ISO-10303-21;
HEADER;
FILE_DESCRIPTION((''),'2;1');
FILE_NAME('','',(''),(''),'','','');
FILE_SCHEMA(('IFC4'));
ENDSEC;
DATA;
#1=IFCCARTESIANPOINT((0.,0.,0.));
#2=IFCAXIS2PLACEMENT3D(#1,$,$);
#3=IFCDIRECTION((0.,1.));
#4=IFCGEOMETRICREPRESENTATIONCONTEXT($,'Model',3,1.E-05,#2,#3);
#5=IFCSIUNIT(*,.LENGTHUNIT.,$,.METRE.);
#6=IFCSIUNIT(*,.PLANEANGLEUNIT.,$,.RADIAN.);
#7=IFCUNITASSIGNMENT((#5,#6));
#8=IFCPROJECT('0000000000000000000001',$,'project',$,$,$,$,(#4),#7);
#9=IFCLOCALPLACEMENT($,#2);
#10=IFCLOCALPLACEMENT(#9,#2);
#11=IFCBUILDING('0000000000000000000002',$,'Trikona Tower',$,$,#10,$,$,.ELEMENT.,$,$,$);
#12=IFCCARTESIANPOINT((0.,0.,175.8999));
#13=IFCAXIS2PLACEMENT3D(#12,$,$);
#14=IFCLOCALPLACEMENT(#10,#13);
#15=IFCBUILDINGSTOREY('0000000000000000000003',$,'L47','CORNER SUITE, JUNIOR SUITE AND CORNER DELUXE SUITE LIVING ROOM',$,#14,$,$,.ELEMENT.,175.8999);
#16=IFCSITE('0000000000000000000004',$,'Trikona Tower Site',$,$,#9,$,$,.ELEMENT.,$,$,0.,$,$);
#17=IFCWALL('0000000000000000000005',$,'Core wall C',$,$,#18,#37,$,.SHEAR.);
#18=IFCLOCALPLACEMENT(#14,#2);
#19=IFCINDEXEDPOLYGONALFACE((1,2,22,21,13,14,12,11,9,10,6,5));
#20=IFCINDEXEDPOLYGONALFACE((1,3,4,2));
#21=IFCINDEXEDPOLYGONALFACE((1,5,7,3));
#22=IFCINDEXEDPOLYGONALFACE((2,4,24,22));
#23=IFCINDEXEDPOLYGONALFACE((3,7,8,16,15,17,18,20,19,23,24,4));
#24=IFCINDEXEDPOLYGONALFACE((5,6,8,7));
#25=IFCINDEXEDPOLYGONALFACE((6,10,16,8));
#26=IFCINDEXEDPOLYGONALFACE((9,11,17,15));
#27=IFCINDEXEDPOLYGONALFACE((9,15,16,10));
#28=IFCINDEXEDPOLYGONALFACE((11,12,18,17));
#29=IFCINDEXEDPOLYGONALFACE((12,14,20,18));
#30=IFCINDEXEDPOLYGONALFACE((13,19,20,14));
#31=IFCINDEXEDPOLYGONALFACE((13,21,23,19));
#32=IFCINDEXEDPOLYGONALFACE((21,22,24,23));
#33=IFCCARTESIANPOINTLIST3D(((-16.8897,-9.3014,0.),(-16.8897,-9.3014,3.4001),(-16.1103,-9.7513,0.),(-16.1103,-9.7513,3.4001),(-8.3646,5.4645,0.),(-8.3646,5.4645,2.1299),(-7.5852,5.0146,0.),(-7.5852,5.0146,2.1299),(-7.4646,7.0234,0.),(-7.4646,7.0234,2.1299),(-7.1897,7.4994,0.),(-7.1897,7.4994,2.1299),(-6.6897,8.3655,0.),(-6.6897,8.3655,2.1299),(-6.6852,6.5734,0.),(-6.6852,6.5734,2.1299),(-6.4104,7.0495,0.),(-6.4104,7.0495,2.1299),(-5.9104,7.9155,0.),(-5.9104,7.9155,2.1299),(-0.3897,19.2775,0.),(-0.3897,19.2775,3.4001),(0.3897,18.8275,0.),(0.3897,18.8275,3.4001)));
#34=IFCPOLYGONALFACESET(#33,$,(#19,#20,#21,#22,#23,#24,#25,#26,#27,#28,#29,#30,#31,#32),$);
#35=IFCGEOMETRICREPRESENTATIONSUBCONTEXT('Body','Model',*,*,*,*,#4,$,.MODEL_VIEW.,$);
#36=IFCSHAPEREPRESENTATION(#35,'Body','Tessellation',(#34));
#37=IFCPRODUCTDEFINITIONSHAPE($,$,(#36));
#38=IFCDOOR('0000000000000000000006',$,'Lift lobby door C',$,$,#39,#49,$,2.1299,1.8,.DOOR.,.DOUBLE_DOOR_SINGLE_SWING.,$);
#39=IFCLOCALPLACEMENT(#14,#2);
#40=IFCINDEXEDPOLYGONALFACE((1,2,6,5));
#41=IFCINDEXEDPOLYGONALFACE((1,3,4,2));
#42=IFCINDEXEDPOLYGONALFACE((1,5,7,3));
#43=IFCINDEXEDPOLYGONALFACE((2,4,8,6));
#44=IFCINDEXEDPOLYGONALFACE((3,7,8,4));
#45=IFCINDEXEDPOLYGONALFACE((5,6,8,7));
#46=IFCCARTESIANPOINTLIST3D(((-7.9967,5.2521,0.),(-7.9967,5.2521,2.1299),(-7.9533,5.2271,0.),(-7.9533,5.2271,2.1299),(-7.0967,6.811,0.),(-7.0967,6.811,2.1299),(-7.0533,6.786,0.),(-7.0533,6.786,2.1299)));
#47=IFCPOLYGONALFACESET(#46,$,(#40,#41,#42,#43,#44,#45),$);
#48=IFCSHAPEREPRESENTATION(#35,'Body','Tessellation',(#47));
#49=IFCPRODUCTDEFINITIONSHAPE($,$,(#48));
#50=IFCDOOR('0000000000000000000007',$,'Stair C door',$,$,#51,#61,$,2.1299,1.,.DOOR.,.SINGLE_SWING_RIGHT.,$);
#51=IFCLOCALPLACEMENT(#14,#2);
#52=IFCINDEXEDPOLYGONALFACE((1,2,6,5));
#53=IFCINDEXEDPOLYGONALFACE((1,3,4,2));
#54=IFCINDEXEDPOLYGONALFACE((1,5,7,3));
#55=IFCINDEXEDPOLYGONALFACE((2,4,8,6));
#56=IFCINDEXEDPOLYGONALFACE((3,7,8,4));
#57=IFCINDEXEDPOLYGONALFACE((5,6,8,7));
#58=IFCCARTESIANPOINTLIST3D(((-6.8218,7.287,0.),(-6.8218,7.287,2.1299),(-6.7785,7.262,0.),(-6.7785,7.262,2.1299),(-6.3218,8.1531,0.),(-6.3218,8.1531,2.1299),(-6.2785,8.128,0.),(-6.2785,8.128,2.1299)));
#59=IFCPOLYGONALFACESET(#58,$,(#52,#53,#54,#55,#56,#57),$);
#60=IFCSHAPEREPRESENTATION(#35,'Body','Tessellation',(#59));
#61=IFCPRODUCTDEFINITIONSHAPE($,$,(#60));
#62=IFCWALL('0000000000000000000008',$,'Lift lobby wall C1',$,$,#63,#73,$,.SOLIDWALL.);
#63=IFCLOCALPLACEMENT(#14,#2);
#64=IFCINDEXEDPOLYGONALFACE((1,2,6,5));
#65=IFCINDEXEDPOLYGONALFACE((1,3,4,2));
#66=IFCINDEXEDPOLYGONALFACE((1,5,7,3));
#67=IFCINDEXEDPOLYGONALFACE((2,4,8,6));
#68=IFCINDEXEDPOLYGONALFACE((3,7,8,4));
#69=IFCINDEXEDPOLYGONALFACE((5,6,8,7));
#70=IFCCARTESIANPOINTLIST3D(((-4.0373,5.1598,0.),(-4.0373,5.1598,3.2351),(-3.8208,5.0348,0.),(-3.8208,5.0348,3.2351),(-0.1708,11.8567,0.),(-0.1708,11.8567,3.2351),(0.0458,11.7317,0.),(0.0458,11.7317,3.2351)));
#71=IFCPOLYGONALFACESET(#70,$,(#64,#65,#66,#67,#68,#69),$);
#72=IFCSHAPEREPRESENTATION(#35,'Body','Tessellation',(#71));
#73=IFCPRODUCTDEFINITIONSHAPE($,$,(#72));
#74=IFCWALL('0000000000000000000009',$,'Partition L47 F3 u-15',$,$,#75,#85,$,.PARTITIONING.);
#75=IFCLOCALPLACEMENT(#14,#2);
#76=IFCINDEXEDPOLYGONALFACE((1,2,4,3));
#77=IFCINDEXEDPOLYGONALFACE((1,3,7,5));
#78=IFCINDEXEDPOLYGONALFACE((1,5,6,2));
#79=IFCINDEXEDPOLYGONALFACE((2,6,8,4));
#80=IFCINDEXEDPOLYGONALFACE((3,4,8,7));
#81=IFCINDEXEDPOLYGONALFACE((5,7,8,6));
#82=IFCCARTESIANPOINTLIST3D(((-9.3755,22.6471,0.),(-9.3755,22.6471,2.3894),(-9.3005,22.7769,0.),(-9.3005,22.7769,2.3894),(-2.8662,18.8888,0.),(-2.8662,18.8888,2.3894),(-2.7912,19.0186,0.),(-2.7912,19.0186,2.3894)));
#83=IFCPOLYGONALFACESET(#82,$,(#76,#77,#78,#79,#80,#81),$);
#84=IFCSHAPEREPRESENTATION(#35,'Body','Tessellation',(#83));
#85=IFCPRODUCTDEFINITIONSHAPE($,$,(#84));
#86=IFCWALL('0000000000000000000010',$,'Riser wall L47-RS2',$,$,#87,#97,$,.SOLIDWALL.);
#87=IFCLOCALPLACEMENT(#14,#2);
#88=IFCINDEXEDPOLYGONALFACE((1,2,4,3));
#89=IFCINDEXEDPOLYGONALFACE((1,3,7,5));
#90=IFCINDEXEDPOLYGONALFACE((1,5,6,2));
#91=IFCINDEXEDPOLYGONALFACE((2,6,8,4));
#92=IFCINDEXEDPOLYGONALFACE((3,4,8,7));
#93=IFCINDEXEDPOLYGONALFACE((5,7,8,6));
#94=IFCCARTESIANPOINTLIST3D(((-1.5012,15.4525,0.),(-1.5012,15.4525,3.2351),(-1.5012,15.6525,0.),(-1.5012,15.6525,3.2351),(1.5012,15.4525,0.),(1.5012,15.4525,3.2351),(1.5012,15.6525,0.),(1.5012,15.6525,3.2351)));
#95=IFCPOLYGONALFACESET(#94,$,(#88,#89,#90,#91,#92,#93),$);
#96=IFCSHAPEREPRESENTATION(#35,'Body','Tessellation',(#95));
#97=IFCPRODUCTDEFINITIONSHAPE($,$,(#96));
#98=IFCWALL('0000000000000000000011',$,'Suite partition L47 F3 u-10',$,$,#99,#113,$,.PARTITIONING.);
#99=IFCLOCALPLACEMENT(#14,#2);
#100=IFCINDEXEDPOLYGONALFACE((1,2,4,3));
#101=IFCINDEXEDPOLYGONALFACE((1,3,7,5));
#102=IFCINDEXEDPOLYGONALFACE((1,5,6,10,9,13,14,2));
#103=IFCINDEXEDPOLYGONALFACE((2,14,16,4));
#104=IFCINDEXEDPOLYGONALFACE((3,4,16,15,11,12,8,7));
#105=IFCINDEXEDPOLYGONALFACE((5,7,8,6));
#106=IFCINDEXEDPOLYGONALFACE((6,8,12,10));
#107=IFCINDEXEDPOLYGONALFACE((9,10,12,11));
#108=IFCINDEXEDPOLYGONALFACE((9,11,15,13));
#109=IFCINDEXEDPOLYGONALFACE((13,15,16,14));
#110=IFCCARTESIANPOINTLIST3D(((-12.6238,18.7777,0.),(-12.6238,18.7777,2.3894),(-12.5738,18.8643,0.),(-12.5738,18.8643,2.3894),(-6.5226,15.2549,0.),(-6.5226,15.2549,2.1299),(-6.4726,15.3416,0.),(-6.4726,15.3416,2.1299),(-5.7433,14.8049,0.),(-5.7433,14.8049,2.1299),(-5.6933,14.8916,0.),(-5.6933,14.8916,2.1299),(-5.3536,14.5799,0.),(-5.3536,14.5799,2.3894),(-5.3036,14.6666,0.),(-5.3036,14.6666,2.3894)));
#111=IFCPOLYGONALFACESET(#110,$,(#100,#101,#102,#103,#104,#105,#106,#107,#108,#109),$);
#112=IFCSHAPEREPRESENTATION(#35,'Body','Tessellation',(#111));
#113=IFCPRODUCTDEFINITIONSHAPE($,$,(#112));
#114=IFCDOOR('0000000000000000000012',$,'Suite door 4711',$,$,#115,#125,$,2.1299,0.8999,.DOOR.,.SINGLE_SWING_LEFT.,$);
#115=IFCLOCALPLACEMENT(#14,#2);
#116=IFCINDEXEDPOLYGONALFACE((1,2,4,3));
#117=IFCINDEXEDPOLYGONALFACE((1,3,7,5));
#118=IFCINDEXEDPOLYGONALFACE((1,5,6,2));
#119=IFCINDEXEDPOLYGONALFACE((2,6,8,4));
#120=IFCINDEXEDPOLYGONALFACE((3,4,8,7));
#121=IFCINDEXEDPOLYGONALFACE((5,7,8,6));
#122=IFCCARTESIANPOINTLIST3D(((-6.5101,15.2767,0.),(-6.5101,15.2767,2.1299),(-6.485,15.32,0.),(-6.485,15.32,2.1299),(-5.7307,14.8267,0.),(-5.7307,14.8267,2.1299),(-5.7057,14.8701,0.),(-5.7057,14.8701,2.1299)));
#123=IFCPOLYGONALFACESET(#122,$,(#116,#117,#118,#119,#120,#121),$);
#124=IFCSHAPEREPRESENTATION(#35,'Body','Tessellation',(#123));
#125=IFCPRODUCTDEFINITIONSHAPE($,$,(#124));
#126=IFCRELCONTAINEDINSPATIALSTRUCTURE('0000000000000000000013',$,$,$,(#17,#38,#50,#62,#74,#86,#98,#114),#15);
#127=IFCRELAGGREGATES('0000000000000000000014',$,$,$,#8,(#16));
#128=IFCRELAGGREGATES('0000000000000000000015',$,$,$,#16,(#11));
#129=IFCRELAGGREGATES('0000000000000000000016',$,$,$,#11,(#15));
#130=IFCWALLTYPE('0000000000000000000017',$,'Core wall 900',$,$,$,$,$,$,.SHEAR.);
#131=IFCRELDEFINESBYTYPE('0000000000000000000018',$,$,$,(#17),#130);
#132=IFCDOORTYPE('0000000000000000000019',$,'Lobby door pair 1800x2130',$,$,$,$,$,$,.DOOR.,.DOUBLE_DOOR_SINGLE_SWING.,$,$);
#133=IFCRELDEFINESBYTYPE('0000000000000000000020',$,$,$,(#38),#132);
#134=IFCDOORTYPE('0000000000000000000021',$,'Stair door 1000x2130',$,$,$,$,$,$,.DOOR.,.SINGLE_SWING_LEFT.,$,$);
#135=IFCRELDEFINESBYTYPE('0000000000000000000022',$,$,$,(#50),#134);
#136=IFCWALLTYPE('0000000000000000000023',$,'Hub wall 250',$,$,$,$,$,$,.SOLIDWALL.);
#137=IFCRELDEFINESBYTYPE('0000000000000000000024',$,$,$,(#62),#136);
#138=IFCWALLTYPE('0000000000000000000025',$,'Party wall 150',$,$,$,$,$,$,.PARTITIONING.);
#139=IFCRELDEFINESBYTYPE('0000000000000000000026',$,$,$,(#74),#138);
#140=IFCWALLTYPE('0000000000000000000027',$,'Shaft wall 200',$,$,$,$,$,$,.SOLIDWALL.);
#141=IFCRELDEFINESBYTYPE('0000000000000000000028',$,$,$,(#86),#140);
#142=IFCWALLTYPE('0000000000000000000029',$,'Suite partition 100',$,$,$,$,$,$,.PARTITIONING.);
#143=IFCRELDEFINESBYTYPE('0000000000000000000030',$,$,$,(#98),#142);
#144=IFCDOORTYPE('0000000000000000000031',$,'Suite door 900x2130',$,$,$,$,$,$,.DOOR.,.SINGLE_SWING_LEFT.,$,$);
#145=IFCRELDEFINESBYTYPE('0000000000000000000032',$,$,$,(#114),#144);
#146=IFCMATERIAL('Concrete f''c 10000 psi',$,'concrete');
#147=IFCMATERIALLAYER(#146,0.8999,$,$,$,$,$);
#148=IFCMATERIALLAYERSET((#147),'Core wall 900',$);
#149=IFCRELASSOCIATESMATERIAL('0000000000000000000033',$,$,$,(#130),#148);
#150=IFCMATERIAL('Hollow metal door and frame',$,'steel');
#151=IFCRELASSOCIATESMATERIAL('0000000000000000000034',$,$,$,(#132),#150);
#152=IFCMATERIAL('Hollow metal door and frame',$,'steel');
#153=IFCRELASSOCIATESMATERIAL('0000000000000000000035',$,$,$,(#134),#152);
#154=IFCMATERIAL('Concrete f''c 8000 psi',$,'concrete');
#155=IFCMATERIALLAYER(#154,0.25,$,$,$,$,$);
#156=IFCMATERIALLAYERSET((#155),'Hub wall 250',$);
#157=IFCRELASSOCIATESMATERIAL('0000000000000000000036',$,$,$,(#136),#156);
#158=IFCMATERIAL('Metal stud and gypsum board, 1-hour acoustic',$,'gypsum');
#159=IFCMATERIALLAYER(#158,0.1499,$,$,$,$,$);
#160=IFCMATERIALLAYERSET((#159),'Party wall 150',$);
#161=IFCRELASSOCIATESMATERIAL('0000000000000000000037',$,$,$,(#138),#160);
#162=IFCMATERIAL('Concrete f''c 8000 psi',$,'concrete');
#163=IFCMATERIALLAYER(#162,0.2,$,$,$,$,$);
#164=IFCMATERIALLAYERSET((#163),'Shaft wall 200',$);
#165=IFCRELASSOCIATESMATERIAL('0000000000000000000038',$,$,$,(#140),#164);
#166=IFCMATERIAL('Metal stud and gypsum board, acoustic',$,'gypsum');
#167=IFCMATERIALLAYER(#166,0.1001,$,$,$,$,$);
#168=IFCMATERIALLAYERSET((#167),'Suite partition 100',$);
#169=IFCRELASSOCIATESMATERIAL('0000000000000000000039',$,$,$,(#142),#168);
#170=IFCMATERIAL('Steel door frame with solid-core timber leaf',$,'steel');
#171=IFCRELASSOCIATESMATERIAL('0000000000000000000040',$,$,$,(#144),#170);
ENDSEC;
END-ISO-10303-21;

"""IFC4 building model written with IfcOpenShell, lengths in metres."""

from ifc_helpers import new_model, si_unit, direction, frame, frame_2d, origin, place, context, subcontext, project, spatial, rectangle, extrude, material, layer, layer_set, type_object, element, fill, save


model = new_model("IFC4")

# Units and contexts
model_context = context("Model", 3, precision=1e-05, world=origin(), true_north=direction((0.0, 1.0)))
body_context = subcontext(model_context, "Body", "Model", "MODEL_VIEW")
ifc_project = project(units=[si_unit("LENGTHUNIT", "METRE"), si_unit("PLANEANGLEUNIT", "RADIAN")], contexts=[model_context])

# Site, building, storey
site_placement = place(None, origin())
site = spatial("IfcSite", under=ifc_project, at=site_placement, Name="Trikona Tower Site", CompositionType="ELEMENT", RefElevation=0.0)
building_placement = place(site_placement, origin())
building = spatial("IfcBuilding", under=site, at=building_placement, Name="Trikona Tower", CompositionType="ELEMENT")
storey_placement = place(building_placement, frame((0.0, 0.0, 175.8999)))
storey = spatial("IfcBuildingStorey", under=building, at=storey_placement, Name="L47", Description="CORNER SUITE, JUNIOR SUITE AND CORNER DELUXE SUITE LIVING ROOM", CompositionType="ELEMENT", Elevation=175.8999)

# Wall, openings, doors
ifc_material_1 = material(Name="Concrete f'c 10000 psi", Category="concrete")
ifc_layer_1 = layer(ifc_material_1, 0.8999)
ifc_layer_set_1 = layer_set([ifc_layer_1], Name="Core wall 900")
wall_type_1 = type_object("IfcWallType", Name="Core wall 900", PredefinedType="SHEAR", material=ifc_layer_set_1)
wall_1_placement = place(storey_placement, frame((0.0, 19.0525, 0.0), z_axis=(0.0, 0.0, 1.0), x_axis=(-0.5, -0.866026, 0.0)))
wall_1 = element("IfcWall", 1, at=wall_1_placement, inside=storey, type_object=wall_type_1, Name="Core wall C", PredefinedType="SHEAR", context=body_context, shape_type="SweptSolid", body=[
    extrude(rectangle(XDim=33.0, YDim=0.8999, at=frame_2d((16.5, 0.0))), origin(), (0.0, 0.0, 1.0), 3.4001),
])
opening_1_placement = place(wall_1_placement, frame((14.1499, 0.0, 0.0)))
opening_1 = element("IfcOpeningElement", 2, at=opening_1_placement, cuts=wall_1, PredefinedType="OPENING", context=body_context, shape_type="SweptSolid", body=[
    extrude(rectangle(XDim=1.8, YDim=2.1299, at=frame_2d((0.8999, 1.0649))), frame((0.0, 0.46, 0.0), z_axis=(0.0, -1.0, 0.0), x_axis=(1.0, 0.0, 0.0)), (0.0, 0.0, 1.0), 0.9199),
])
opening_2_placement = place(wall_1_placement, frame((12.6001, 0.0, 0.0)))
opening_2 = element("IfcOpeningElement", 3, at=opening_2_placement, cuts=wall_1, PredefinedType="OPENING", context=body_context, shape_type="SweptSolid", body=[
    extrude(rectangle(XDim=1.0, YDim=2.1299, at=frame_2d((0.5, 1.0649))), frame((0.0, 0.46, 0.0), z_axis=(0.0, -1.0, 0.0), x_axis=(1.0, 0.0, 0.0)), (0.0, 0.0, 1.0), 0.9199),
])
ifc_material_2 = material(Name="Hollow metal door and frame", Category="steel")
door_type_1 = type_object("IfcDoorType", Name="Lobby door pair 1800x2130", OperationType="DOUBLE_DOOR_SINGLE_SWING", PredefinedType="DOOR", material=ifc_material_2)
door_1_placement = place(opening_1_placement, origin())
door_1 = element("IfcDoor", 4, at=door_1_placement, inside=storey, type_object=door_type_1, Name="Lift lobby door C", OperationType="DOUBLE_DOOR_SINGLE_SWING", OverallHeight=2.1299, OverallWidth=1.8, PredefinedType="DOOR", context=body_context, shape_type="SweptSolid", body=[
    extrude(rectangle(XDim=1.8, YDim=2.1299, at=frame_2d((0.8999, 1.0649))), frame((0.0, 0.0249, 0.0), z_axis=(0.0, -1.0, 0.0), x_axis=(1.0, 0.0, 0.0)), (0.0, 0.0, 1.0), 0.05),
])
fill(opening_1, door_1)
ifc_material_3 = material(Name="Hollow metal door and frame", Category="steel")
door_type_2 = type_object("IfcDoorType", Name="Stair door 1000x2130", OperationType="SINGLE_SWING_LEFT", PredefinedType="DOOR", material=ifc_material_3)
door_2_placement = place(opening_2_placement, origin())
door_2 = element("IfcDoor", 5, at=door_2_placement, inside=storey, type_object=door_type_2, Name="Stair C door", OperationType="SINGLE_SWING_RIGHT", OverallHeight=2.1299, OverallWidth=1.0, PredefinedType="DOOR", context=body_context, shape_type="SweptSolid", body=[
    extrude(rectangle(XDim=1.0, YDim=2.1299, at=frame_2d((0.5, 1.0649))), frame((0.0, 0.0249, 0.0), z_axis=(0.0, -1.0, 0.0), x_axis=(1.0, 0.0, 0.0)), (0.0, 0.0, 1.0), 0.05),
])
fill(opening_2, door_2)

# Walls
ifc_material_4 = material(Name="Concrete f'c 8000 psi", Category="concrete")
ifc_layer_2 = layer(ifc_material_4, 0.25)
ifc_layer_set_2 = layer_set([ifc_layer_2], Name="Hub wall 250")
wall_type_2 = type_object("IfcWallType", Name="Hub wall 250", PredefinedType="SOLIDWALL", material=ifc_layer_set_2)
wall_2_placement = place(storey_placement, frame((-0.0625, 11.7942, 0.0), z_axis=(0.0, 0.0, 1.0), x_axis=(-0.500007, -0.866022, 0.0)))
element("IfcWall", 6, at=wall_2_placement, inside=storey, type_object=wall_type_2, Name="Lift lobby wall C1", PredefinedType="SOLIDWALL", context=body_context, shape_type="SweptSolid", body=[
    extrude(rectangle(XDim=7.7329, YDim=0.25, at=frame_2d((3.8665, 0.0))), origin(), (0.0, 0.0, 1.0), 3.2351),
])
ifc_material_5 = material(Name="Metal stud and gypsum board, 1-hour acoustic", Category="gypsum")
ifc_layer_3 = layer(ifc_material_5, 0.1499)
ifc_layer_set_3 = layer_set([ifc_layer_3], Name="Party wall 150")
wall_type_3 = type_object("IfcWallType", Name="Party wall 150", PredefinedType="PARTITIONING", material=ifc_layer_set_3)
wall_3_placement = place(storey_placement, frame((-2.8286, 18.9536, 0.0), z_axis=(0.0, 0.0, 1.0), x_axis=(-0.866016, 0.500017, 0.0)))
element("IfcWall", 7, at=wall_3_placement, inside=storey, type_object=wall_type_3, Name="Partition L47 F3 u-15", PredefinedType="PARTITIONING", context=body_context, shape_type="SweptSolid", body=[
    extrude(rectangle(XDim=7.5164, YDim=0.1499, at=frame_2d((3.7583, 0.0))), origin(), (0.0, 0.0, 1.0), 2.3894),
])
ifc_material_6 = material(Name="Concrete f'c 8000 psi", Category="concrete")
ifc_layer_4 = layer(ifc_material_6, 0.2)
ifc_layer_set_4 = layer_set([ifc_layer_4], Name="Shaft wall 200")
wall_type_4 = type_object("IfcWallType", Name="Shaft wall 200", PredefinedType="SOLIDWALL", material=ifc_layer_set_4)
wall_4_placement = place(storey_placement, frame((-1.5012, 15.5525, 0.0), z_axis=(0.0, 0.0, 1.0), x_axis=(1.0, 0.0, 0.0)))
element("IfcWall", 8, at=wall_4_placement, inside=storey, type_object=wall_type_4, Name="Riser wall L47-RS2", PredefinedType="SOLIDWALL", context=body_context, shape_type="SweptSolid", body=[
    extrude(rectangle(XDim=3.0024, YDim=0.2, at=frame_2d((1.5012, 0.0))), origin(), (0.0, 0.0, 1.0), 3.2351),
])

# Wall, opening, door
ifc_material_7 = material(Name="Metal stud and gypsum board, acoustic", Category="gypsum")
ifc_layer_5 = layer(ifc_material_7, 0.1001)
ifc_layer_set_5 = layer_set([ifc_layer_5], Name="Suite partition 100")
wall_type_5 = type_object("IfcWallType", Name="Suite partition 100", PredefinedType="PARTITIONING", material=ifc_layer_set_5)
wall_5_placement = place(storey_placement, frame((-5.3286, 14.6233, 0.0), z_axis=(0.0, 0.0, 1.0), x_axis=(-0.866012, 0.500024, 0.0)))
wall_5 = element("IfcWall", 9, at=wall_5_placement, inside=storey, type_object=wall_type_5, Name="Suite partition L47 F3 u-10", PredefinedType="PARTITIONING", context=body_context, shape_type="SweptSolid", body=[
    extrude(rectangle(XDim=8.395, YDim=0.1001, at=frame_2d((4.1975, 0.0))), origin(), (0.0, 0.0, 1.0), 2.3894),
])
opening_3_placement = place(wall_5_placement, frame((0.45, 0.0, 0.0)))
opening_3 = element("IfcOpeningElement", 10, at=opening_3_placement, cuts=wall_5, PredefinedType="OPENING", context=body_context, shape_type="SweptSolid", body=[
    extrude(rectangle(XDim=0.8999, YDim=2.1299, at=frame_2d((0.45, 1.0649))), frame((0.0, 0.0601, 0.0), z_axis=(0.0, -1.0, 0.0), x_axis=(1.0, 0.0, 0.0)), (0.0, 0.0, 1.0), 0.1201),
])
ifc_material_8 = material(Name="Steel door frame with solid-core timber leaf", Category="steel")
door_type_3 = type_object("IfcDoorType", Name="Suite door 900x2130", OperationType="SINGLE_SWING_LEFT", PredefinedType="DOOR", material=ifc_material_8)
door_3_placement = place(opening_3_placement, origin())
door_3 = element("IfcDoor", 11, at=door_3_placement, inside=storey, type_object=door_type_3, Name="Suite door 4711", OperationType="SINGLE_SWING_LEFT", OverallHeight=2.1299, OverallWidth=0.8999, PredefinedType="DOOR", context=body_context, shape_type="SweptSolid", body=[
    extrude(rectangle(XDim=0.8999, YDim=2.1299, at=frame_2d((0.45, 1.0649))), frame((0.0, 0.0249, 0.0), z_axis=(0.0, -1.0, 0.0), x_axis=(1.0, 0.0, 0.0)), (0.0, 0.0, 1.0), 0.05),
])
fill(opening_3, door_3)

save(model, "model.ifc")
